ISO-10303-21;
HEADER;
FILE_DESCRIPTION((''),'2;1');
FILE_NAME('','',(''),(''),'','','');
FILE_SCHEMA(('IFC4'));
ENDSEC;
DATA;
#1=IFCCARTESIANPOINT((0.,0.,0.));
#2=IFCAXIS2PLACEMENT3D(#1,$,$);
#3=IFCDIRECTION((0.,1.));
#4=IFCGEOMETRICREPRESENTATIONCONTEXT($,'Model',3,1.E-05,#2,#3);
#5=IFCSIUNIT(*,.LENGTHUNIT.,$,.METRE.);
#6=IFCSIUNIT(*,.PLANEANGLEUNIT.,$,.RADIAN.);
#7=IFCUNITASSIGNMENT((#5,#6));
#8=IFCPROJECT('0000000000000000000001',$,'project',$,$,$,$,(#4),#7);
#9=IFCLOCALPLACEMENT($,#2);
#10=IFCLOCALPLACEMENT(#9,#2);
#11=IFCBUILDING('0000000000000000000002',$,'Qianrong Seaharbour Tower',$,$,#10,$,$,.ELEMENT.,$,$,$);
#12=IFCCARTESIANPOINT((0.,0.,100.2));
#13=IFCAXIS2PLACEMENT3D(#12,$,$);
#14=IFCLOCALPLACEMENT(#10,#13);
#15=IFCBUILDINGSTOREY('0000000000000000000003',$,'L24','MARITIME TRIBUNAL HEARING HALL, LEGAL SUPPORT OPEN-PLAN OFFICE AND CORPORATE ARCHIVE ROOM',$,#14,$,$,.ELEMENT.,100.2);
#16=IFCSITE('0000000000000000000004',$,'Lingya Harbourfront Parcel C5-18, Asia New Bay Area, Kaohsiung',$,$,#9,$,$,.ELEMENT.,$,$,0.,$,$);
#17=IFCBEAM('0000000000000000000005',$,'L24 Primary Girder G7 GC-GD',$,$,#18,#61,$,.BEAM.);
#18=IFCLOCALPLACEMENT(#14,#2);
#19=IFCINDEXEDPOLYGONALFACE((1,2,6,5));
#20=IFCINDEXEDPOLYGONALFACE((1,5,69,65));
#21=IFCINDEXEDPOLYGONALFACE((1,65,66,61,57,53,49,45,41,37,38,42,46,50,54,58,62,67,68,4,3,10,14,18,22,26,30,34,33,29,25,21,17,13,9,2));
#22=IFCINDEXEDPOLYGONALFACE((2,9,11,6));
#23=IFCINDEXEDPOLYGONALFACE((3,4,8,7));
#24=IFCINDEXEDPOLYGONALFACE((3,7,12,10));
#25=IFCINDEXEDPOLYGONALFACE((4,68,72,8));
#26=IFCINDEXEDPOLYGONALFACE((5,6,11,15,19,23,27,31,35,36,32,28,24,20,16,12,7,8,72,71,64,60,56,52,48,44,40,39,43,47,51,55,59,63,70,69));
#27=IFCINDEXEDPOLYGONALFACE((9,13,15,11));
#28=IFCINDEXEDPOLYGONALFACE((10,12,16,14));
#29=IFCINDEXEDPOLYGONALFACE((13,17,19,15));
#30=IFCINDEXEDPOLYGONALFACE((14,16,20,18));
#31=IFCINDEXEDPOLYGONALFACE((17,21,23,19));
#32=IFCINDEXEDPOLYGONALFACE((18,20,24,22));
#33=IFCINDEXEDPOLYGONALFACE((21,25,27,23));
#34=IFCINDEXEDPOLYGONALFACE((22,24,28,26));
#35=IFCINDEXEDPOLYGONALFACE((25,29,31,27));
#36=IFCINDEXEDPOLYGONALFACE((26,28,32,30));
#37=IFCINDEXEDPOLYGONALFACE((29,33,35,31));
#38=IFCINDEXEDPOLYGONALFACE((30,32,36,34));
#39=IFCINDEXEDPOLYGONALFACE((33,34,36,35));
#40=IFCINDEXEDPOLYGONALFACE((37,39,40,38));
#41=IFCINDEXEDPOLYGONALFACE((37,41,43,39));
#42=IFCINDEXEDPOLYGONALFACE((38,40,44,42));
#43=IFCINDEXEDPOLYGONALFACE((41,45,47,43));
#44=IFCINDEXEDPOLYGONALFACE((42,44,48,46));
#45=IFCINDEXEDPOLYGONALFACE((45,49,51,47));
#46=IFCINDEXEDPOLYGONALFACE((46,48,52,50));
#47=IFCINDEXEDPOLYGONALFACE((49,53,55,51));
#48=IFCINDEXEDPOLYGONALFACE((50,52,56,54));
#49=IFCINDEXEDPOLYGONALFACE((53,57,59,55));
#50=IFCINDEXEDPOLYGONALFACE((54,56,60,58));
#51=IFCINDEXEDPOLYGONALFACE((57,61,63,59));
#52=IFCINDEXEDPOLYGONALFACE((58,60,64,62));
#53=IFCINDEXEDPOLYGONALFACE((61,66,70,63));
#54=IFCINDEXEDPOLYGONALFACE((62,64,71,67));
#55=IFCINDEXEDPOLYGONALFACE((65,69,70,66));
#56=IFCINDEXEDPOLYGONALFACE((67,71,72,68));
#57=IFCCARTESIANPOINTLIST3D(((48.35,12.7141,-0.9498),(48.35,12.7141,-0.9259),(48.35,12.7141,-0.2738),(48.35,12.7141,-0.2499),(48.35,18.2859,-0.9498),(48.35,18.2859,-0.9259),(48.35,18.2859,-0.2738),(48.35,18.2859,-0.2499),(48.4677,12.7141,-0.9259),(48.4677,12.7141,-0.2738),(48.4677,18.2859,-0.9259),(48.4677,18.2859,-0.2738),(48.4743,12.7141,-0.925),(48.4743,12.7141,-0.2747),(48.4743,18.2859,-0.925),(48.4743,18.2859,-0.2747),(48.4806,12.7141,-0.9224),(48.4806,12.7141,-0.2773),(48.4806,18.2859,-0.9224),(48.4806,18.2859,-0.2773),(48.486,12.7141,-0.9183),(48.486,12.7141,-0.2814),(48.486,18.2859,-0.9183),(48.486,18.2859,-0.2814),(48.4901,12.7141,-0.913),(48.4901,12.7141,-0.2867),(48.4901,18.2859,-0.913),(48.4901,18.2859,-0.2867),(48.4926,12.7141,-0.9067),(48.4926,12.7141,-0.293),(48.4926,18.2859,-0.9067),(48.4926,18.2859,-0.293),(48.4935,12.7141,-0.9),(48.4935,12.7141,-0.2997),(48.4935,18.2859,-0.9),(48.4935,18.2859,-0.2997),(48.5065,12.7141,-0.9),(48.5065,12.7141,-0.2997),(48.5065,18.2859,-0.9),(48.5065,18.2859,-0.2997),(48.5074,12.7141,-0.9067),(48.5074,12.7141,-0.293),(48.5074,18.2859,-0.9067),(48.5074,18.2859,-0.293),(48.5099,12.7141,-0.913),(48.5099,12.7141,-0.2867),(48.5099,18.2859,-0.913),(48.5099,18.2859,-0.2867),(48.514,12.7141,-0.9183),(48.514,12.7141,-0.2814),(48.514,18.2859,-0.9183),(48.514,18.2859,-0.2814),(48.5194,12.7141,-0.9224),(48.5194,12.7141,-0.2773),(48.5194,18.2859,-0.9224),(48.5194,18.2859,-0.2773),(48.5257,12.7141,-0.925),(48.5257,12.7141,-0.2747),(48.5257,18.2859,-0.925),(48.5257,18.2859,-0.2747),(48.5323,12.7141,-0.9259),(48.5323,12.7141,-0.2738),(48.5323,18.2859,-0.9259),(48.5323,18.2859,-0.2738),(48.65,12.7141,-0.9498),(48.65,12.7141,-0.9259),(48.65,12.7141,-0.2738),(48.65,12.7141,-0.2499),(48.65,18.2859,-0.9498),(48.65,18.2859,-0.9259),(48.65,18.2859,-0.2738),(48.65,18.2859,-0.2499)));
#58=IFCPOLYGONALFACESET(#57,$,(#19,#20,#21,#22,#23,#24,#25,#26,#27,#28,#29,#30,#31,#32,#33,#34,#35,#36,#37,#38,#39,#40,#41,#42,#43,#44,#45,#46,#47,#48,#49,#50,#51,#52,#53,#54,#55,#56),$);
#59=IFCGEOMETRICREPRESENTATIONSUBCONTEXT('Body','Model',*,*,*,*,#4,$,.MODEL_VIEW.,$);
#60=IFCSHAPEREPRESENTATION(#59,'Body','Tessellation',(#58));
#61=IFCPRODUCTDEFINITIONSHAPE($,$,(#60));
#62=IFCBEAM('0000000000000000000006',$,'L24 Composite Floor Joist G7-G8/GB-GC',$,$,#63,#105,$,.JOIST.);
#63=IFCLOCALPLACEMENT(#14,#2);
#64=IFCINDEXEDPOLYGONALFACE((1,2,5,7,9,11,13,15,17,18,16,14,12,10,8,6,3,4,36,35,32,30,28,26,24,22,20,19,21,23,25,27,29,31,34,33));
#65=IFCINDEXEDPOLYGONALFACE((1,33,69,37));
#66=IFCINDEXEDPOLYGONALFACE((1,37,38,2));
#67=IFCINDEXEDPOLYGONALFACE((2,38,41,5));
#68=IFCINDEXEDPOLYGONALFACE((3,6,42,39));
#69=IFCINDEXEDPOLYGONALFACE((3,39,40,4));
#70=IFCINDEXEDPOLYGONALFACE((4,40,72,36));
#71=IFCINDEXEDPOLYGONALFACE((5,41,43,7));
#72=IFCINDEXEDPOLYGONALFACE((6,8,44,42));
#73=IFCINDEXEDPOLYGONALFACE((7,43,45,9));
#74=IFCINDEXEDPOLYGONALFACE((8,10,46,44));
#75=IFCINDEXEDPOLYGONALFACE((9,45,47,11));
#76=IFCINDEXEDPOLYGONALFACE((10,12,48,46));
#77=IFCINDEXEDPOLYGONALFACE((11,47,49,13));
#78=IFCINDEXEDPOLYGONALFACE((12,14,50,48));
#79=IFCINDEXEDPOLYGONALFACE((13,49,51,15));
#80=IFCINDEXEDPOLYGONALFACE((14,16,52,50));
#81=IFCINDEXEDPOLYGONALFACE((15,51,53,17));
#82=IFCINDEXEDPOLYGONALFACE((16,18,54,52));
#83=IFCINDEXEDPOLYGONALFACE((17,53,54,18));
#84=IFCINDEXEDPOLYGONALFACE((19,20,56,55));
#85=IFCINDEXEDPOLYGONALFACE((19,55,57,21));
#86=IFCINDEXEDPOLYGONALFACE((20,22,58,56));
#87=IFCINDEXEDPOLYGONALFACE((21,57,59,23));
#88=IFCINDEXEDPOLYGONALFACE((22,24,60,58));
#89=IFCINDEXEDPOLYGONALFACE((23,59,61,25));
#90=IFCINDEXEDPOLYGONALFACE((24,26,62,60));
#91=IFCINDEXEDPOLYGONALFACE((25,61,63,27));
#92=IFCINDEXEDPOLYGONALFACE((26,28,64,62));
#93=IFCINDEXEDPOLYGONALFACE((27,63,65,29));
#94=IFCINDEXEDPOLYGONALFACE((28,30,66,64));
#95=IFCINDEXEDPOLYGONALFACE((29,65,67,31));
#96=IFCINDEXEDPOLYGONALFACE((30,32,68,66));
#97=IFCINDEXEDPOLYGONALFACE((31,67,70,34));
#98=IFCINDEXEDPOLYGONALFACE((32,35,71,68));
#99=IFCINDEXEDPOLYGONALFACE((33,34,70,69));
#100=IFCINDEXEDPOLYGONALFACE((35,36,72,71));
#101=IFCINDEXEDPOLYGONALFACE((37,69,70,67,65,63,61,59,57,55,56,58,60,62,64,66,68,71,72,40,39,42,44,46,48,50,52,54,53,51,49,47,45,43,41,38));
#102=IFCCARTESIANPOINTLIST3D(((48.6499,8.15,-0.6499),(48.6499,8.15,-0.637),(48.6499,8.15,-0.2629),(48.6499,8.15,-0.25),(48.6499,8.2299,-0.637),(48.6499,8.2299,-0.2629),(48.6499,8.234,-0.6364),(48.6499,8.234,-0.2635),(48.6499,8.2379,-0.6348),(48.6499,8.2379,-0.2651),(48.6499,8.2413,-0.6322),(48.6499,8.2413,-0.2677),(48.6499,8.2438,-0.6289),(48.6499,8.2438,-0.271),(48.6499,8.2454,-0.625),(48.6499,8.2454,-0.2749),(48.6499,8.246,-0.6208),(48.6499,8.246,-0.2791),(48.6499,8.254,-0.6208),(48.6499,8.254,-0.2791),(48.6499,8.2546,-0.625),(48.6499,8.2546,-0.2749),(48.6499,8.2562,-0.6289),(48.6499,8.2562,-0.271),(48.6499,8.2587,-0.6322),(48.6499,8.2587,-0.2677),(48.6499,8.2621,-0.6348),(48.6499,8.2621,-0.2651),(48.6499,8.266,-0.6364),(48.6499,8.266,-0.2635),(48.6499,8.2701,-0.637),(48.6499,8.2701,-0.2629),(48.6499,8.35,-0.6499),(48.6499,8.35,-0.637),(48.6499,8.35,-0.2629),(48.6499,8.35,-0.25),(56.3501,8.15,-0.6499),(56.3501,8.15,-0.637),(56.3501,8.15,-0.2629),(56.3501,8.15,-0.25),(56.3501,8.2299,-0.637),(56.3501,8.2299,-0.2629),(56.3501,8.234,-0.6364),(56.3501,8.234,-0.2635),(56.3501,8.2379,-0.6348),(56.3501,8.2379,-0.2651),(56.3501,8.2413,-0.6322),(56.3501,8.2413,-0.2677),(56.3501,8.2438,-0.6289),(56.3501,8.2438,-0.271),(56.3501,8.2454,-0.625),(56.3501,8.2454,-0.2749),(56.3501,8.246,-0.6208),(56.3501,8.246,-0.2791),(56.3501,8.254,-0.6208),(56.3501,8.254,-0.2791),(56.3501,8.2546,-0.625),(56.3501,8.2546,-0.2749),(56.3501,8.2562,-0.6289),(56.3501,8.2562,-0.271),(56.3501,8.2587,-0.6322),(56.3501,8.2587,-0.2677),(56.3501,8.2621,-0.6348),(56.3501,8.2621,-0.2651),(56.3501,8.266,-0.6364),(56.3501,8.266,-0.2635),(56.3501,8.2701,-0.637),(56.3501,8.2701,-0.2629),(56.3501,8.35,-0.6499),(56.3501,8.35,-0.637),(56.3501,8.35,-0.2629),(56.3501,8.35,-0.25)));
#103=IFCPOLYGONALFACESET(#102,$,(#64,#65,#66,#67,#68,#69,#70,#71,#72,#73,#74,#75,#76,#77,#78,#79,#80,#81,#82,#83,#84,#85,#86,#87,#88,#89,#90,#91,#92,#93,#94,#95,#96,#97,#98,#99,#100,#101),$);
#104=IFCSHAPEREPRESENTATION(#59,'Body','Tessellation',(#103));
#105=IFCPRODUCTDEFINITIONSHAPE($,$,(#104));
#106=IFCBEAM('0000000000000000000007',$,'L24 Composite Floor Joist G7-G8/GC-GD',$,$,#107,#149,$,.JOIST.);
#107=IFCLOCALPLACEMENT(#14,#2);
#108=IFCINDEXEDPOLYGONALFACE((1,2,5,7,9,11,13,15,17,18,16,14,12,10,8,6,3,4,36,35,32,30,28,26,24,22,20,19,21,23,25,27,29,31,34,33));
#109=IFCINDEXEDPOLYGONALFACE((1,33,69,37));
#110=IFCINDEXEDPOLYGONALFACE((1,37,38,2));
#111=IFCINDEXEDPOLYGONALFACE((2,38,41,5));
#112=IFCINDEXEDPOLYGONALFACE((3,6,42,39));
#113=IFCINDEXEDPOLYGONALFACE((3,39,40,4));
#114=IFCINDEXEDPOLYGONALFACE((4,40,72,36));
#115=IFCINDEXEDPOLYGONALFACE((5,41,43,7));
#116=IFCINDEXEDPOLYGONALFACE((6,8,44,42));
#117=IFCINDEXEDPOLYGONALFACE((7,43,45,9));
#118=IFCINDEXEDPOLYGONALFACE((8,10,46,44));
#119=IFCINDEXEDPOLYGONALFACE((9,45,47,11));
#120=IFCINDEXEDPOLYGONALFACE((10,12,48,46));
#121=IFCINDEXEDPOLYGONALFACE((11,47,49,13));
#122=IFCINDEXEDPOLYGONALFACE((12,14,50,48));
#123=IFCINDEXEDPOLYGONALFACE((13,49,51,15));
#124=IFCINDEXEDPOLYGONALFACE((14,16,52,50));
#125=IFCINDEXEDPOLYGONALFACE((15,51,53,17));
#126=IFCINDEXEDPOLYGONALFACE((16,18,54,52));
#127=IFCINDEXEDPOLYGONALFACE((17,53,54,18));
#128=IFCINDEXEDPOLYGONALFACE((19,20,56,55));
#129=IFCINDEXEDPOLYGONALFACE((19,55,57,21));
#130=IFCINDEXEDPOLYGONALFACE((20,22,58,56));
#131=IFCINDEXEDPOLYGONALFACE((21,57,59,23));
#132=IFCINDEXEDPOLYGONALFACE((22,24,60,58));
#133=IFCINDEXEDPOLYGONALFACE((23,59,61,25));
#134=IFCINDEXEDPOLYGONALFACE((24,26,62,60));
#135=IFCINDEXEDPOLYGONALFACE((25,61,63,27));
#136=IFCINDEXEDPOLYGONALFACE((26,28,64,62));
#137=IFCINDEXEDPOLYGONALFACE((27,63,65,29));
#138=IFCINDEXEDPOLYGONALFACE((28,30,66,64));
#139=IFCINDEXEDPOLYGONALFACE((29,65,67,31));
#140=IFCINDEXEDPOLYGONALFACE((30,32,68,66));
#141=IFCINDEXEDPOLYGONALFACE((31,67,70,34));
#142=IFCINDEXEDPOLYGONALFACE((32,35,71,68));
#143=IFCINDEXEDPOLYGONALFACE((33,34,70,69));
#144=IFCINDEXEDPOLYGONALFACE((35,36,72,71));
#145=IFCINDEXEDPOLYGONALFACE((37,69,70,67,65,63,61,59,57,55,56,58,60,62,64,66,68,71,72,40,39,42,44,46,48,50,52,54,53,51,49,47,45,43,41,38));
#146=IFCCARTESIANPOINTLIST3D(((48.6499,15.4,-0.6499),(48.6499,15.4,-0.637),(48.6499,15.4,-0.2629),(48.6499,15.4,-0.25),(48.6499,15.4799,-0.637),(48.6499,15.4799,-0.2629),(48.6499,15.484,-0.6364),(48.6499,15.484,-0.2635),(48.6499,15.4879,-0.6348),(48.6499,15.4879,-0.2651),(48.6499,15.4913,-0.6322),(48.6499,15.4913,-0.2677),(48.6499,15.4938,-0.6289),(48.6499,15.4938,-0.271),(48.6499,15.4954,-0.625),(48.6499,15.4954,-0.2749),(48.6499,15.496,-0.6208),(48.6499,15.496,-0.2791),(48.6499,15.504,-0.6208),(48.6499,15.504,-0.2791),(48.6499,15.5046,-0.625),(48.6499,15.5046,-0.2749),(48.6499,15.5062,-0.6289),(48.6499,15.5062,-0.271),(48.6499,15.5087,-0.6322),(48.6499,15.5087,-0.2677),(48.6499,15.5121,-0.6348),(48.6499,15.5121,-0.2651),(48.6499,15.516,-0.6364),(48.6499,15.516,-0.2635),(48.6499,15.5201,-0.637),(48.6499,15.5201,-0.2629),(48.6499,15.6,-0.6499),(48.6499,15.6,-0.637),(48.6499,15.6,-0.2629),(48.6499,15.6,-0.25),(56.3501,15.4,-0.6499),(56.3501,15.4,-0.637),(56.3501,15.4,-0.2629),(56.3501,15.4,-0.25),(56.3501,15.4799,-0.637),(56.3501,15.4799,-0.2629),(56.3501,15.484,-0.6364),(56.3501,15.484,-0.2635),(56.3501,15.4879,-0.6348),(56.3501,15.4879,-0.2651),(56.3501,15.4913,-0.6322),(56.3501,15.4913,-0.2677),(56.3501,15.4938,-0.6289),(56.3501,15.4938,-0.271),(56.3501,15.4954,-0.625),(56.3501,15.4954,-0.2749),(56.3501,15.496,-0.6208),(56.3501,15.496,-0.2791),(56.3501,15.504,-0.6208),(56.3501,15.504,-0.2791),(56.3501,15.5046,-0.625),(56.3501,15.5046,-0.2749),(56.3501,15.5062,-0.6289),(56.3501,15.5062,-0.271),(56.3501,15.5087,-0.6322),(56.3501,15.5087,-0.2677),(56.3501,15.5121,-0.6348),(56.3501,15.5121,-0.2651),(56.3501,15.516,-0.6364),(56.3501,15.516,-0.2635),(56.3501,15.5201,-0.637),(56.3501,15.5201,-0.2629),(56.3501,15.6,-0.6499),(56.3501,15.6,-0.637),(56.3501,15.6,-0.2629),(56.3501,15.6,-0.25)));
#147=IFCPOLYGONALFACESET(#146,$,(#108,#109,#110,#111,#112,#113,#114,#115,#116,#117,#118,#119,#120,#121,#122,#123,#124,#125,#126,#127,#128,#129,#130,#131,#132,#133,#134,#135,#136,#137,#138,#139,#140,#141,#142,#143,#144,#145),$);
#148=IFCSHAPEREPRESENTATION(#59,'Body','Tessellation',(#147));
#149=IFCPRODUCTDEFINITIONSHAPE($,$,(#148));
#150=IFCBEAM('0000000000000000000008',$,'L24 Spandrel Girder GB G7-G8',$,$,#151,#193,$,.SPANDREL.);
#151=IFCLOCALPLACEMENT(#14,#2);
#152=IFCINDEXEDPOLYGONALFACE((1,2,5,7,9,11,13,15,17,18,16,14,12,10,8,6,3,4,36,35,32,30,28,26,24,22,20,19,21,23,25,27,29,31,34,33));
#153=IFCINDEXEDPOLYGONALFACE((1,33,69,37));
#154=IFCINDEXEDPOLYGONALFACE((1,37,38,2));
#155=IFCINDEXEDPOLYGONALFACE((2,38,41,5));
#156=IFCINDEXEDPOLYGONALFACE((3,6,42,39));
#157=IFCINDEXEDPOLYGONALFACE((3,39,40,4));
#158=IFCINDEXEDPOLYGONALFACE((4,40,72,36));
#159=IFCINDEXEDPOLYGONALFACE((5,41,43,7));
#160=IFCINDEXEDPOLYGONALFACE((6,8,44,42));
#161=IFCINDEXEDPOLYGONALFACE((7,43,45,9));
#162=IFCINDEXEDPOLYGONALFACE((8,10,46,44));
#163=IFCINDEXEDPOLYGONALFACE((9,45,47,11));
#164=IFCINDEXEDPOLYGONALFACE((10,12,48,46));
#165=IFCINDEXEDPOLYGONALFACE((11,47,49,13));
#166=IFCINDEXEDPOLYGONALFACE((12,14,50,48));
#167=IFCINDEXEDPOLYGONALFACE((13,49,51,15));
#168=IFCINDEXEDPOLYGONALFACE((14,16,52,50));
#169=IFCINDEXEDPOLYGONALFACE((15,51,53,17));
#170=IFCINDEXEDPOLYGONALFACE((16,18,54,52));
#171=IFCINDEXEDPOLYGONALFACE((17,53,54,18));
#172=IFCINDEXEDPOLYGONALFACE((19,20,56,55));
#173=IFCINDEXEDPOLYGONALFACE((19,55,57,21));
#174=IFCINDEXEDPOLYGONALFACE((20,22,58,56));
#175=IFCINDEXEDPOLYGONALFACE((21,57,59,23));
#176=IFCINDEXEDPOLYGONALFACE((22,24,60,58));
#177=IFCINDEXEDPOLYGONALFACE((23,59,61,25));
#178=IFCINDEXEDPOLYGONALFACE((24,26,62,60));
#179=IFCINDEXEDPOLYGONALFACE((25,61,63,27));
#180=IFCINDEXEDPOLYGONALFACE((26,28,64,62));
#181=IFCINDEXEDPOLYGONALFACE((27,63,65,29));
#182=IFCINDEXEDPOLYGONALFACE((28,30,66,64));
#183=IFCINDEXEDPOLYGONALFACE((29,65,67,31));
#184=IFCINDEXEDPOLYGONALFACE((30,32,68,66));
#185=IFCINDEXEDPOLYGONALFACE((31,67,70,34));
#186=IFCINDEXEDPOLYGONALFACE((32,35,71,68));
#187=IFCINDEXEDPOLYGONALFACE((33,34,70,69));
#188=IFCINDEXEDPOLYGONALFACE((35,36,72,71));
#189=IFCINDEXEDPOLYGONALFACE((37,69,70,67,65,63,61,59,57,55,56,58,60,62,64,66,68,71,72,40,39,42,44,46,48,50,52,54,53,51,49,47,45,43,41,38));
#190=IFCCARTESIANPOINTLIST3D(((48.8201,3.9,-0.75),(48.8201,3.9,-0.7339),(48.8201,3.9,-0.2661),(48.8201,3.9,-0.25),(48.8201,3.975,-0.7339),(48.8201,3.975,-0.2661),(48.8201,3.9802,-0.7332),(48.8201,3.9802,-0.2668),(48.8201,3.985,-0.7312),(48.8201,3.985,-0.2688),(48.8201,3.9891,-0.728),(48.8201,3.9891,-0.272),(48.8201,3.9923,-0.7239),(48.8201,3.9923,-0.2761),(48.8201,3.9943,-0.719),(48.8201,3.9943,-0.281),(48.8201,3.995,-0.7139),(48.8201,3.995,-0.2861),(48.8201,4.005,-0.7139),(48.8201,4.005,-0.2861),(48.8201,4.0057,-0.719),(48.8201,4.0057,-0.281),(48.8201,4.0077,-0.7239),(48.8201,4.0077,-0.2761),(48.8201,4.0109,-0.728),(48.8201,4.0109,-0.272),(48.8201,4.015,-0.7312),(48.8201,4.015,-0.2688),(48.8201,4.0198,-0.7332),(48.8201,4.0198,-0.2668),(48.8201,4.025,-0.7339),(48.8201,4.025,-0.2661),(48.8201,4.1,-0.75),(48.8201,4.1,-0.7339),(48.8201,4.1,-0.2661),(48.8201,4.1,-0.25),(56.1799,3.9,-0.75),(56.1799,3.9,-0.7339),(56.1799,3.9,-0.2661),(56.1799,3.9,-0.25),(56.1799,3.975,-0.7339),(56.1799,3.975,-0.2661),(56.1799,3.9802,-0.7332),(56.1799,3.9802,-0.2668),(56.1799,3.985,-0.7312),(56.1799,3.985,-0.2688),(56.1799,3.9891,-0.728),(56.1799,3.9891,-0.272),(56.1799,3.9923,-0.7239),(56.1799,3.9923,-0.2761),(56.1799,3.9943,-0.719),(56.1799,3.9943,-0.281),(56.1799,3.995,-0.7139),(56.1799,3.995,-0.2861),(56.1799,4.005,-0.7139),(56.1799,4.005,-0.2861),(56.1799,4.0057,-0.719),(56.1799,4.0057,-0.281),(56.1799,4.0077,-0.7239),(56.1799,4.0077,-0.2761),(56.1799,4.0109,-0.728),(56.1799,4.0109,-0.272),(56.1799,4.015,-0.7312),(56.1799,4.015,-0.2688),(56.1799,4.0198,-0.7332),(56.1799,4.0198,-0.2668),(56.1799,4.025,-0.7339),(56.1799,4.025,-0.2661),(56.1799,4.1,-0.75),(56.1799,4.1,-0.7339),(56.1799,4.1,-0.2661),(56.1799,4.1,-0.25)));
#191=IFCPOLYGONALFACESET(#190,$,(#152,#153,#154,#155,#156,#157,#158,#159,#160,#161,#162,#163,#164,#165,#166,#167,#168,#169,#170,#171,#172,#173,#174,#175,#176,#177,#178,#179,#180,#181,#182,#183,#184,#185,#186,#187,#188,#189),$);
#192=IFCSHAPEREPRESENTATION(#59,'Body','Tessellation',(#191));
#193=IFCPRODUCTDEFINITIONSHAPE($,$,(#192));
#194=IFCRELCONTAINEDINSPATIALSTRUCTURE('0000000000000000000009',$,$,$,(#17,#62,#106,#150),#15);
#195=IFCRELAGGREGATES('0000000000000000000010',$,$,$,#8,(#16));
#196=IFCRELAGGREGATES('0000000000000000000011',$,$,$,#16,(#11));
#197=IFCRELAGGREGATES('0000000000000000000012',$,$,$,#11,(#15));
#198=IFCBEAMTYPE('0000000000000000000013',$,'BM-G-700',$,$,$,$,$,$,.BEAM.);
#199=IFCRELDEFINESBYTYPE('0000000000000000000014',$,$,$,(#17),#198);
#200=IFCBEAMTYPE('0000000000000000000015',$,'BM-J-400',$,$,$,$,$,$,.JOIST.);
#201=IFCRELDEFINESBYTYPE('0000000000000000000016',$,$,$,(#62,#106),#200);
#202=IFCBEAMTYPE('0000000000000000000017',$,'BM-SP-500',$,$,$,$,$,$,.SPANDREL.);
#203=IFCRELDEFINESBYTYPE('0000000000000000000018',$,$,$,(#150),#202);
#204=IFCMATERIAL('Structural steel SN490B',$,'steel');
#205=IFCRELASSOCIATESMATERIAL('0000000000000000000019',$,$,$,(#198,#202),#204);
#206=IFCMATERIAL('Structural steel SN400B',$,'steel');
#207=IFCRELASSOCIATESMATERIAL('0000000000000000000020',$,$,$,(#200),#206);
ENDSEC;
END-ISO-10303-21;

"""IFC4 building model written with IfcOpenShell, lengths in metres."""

from ifc_helpers import new_model, si_unit, direction, frame, origin, origin_2d, place, context, subcontext, project, spatial, i_section, extrude, material, material_profile, profile_set, type_object, element, save


model = new_model("IFC4")

# Units and contexts
model_context = context("Model", 3, precision=1e-05, world=origin(), true_north=direction((0.0, 1.0)))
body_context = subcontext(model_context, "Body", "Model", "MODEL_VIEW")
ifc_project = project(units=[si_unit("LENGTHUNIT", "METRE"), si_unit("PLANEANGLEUNIT", "RADIAN")], contexts=[model_context])

# Site, building, storey
site_placement = place(None, origin())
site = spatial("IfcSite", under=ifc_project, at=site_placement, Name="Lingya Harbourfront Parcel C5-18, Asia New Bay Area, Kaohsiung", CompositionType="ELEMENT", RefElevation=0.0)
building_placement = place(site_placement, origin())
building = spatial("IfcBuilding", under=site, at=building_placement, Name="Qianrong Seaharbour Tower", CompositionType="ELEMENT")
storey_placement = place(building_placement, frame((0.0, 0.0, 100.2)))
storey = spatial("IfcBuildingStorey", under=building, at=storey_placement, Name="L24", Description="MARITIME TRIBUNAL HEARING HALL, LEGAL SUPPORT OPEN-PLAN OFFICE AND CORPORATE ARCHIVE ROOM", CompositionType="ELEMENT", Elevation=100.2)

# Shared definitions
ifc_material_1 = material(Name="Structural steel SN490B", Category="steel")

# Beams
ifc_material_profile_1 = material_profile(ifc_material_1, i_section(OverallWidth=0.3, OverallDepth=0.7, WebThickness=0.0129, FlangeThickness=0.0239, FilletRadius=0.0259, at=origin_2d()), Name="H700x300x13x24")
ifc_profile_set_1 = profile_set([ifc_material_profile_1], Name="Structural steel SN490B")
beam_type_1 = type_object("IfcBeamType", Name="BM-G-700", PredefinedType="BEAM", material=ifc_profile_set_1)
beam_1_placement = place(storey_placement, frame((48.5, 12.7141, -0.5999), z_axis=(0.0, 1.0, 0.0), x_axis=(-1.0, 0.0, 0.0)))
element("IfcBeam", 1, at=beam_1_placement, inside=storey, type_object=beam_type_1, Name="L24 Primary Girder G7 GC-GD", PredefinedType="BEAM", context=body_context, shape_type="SweptSolid", body=[
    extrude(i_section(OverallWidth=0.3, OverallDepth=0.7, WebThickness=0.0129, FlangeThickness=0.0239, FilletRadius=0.0259, at=origin_2d()), origin(), (0.0, 0.0, 1.0), 5.5718),
])
ifc_material_2 = material(Name="Structural steel SN400B", Category="steel")
ifc_material_profile_2 = material_profile(ifc_material_2, i_section(OverallWidth=0.2, OverallDepth=0.3999, WebThickness=0.0081, FlangeThickness=0.0129, FilletRadius=0.0161, at=origin_2d()), Name="H400x200x8x13")
ifc_profile_set_2 = profile_set([ifc_material_profile_2], Name="Structural steel SN400B")
beam_type_2 = type_object("IfcBeamType", Name="BM-J-400", PredefinedType="JOIST", material=ifc_profile_set_2)
for number, where, z_axis, x_axis, name in (
    (2, (48.6499, 8.25, -0.45), (1.0, 0.0, 0.0), (0.0, 1.0, 0.0), "L24 Composite Floor Joist G7-G8/GB-GC"),
    (3, (48.6499, 15.5, -0.45), (1.0, 0.0, 0.0), (0.0, 1.0, 0.0), "L24 Composite Floor Joist G7-G8/GC-GD"),
):
    element("IfcBeam", number, at=place(storey_placement, frame(where, z_axis=z_axis, x_axis=x_axis)), inside=storey, type_object=beam_type_2, Name=name, PredefinedType="JOIST", context=body_context, shape_type="SweptSolid", body=[
        extrude(i_section(OverallWidth=0.2, OverallDepth=0.3999, WebThickness=0.0081, FlangeThickness=0.0129, FilletRadius=0.0161, at=origin_2d()), origin(), (0.0, 0.0, 1.0), 7.7002),
    ])
ifc_material_profile_3 = material_profile(ifc_material_1, i_section(OverallWidth=0.2, OverallDepth=0.5, WebThickness=0.01, FlangeThickness=0.0161, FilletRadius=0.02, at=origin_2d()), Name="H500x200x10x16")
ifc_profile_set_3 = profile_set([ifc_material_profile_3], Name="Structural steel SN490B")
beam_type_3 = type_object("IfcBeamType", Name="BM-SP-500", PredefinedType="SPANDREL", material=ifc_profile_set_3)
beam_2_placement = place(storey_placement, frame((48.8201, 4.0, -0.5), z_axis=(1.0, 0.0, 0.0), x_axis=(0.0, 1.0, 0.0)))
element("IfcBeam", 4, at=beam_2_placement, inside=storey, type_object=beam_type_3, Name="L24 Spandrel Girder GB G7-G8", PredefinedType="SPANDREL", context=body_context, shape_type="SweptSolid", body=[
    extrude(i_section(OverallWidth=0.2, OverallDepth=0.5, WebThickness=0.01, FlangeThickness=0.0161, FilletRadius=0.02, at=origin_2d()), origin(), (0.0, 0.0, 1.0), 7.3599),
])

save(model, "model.ifc")
